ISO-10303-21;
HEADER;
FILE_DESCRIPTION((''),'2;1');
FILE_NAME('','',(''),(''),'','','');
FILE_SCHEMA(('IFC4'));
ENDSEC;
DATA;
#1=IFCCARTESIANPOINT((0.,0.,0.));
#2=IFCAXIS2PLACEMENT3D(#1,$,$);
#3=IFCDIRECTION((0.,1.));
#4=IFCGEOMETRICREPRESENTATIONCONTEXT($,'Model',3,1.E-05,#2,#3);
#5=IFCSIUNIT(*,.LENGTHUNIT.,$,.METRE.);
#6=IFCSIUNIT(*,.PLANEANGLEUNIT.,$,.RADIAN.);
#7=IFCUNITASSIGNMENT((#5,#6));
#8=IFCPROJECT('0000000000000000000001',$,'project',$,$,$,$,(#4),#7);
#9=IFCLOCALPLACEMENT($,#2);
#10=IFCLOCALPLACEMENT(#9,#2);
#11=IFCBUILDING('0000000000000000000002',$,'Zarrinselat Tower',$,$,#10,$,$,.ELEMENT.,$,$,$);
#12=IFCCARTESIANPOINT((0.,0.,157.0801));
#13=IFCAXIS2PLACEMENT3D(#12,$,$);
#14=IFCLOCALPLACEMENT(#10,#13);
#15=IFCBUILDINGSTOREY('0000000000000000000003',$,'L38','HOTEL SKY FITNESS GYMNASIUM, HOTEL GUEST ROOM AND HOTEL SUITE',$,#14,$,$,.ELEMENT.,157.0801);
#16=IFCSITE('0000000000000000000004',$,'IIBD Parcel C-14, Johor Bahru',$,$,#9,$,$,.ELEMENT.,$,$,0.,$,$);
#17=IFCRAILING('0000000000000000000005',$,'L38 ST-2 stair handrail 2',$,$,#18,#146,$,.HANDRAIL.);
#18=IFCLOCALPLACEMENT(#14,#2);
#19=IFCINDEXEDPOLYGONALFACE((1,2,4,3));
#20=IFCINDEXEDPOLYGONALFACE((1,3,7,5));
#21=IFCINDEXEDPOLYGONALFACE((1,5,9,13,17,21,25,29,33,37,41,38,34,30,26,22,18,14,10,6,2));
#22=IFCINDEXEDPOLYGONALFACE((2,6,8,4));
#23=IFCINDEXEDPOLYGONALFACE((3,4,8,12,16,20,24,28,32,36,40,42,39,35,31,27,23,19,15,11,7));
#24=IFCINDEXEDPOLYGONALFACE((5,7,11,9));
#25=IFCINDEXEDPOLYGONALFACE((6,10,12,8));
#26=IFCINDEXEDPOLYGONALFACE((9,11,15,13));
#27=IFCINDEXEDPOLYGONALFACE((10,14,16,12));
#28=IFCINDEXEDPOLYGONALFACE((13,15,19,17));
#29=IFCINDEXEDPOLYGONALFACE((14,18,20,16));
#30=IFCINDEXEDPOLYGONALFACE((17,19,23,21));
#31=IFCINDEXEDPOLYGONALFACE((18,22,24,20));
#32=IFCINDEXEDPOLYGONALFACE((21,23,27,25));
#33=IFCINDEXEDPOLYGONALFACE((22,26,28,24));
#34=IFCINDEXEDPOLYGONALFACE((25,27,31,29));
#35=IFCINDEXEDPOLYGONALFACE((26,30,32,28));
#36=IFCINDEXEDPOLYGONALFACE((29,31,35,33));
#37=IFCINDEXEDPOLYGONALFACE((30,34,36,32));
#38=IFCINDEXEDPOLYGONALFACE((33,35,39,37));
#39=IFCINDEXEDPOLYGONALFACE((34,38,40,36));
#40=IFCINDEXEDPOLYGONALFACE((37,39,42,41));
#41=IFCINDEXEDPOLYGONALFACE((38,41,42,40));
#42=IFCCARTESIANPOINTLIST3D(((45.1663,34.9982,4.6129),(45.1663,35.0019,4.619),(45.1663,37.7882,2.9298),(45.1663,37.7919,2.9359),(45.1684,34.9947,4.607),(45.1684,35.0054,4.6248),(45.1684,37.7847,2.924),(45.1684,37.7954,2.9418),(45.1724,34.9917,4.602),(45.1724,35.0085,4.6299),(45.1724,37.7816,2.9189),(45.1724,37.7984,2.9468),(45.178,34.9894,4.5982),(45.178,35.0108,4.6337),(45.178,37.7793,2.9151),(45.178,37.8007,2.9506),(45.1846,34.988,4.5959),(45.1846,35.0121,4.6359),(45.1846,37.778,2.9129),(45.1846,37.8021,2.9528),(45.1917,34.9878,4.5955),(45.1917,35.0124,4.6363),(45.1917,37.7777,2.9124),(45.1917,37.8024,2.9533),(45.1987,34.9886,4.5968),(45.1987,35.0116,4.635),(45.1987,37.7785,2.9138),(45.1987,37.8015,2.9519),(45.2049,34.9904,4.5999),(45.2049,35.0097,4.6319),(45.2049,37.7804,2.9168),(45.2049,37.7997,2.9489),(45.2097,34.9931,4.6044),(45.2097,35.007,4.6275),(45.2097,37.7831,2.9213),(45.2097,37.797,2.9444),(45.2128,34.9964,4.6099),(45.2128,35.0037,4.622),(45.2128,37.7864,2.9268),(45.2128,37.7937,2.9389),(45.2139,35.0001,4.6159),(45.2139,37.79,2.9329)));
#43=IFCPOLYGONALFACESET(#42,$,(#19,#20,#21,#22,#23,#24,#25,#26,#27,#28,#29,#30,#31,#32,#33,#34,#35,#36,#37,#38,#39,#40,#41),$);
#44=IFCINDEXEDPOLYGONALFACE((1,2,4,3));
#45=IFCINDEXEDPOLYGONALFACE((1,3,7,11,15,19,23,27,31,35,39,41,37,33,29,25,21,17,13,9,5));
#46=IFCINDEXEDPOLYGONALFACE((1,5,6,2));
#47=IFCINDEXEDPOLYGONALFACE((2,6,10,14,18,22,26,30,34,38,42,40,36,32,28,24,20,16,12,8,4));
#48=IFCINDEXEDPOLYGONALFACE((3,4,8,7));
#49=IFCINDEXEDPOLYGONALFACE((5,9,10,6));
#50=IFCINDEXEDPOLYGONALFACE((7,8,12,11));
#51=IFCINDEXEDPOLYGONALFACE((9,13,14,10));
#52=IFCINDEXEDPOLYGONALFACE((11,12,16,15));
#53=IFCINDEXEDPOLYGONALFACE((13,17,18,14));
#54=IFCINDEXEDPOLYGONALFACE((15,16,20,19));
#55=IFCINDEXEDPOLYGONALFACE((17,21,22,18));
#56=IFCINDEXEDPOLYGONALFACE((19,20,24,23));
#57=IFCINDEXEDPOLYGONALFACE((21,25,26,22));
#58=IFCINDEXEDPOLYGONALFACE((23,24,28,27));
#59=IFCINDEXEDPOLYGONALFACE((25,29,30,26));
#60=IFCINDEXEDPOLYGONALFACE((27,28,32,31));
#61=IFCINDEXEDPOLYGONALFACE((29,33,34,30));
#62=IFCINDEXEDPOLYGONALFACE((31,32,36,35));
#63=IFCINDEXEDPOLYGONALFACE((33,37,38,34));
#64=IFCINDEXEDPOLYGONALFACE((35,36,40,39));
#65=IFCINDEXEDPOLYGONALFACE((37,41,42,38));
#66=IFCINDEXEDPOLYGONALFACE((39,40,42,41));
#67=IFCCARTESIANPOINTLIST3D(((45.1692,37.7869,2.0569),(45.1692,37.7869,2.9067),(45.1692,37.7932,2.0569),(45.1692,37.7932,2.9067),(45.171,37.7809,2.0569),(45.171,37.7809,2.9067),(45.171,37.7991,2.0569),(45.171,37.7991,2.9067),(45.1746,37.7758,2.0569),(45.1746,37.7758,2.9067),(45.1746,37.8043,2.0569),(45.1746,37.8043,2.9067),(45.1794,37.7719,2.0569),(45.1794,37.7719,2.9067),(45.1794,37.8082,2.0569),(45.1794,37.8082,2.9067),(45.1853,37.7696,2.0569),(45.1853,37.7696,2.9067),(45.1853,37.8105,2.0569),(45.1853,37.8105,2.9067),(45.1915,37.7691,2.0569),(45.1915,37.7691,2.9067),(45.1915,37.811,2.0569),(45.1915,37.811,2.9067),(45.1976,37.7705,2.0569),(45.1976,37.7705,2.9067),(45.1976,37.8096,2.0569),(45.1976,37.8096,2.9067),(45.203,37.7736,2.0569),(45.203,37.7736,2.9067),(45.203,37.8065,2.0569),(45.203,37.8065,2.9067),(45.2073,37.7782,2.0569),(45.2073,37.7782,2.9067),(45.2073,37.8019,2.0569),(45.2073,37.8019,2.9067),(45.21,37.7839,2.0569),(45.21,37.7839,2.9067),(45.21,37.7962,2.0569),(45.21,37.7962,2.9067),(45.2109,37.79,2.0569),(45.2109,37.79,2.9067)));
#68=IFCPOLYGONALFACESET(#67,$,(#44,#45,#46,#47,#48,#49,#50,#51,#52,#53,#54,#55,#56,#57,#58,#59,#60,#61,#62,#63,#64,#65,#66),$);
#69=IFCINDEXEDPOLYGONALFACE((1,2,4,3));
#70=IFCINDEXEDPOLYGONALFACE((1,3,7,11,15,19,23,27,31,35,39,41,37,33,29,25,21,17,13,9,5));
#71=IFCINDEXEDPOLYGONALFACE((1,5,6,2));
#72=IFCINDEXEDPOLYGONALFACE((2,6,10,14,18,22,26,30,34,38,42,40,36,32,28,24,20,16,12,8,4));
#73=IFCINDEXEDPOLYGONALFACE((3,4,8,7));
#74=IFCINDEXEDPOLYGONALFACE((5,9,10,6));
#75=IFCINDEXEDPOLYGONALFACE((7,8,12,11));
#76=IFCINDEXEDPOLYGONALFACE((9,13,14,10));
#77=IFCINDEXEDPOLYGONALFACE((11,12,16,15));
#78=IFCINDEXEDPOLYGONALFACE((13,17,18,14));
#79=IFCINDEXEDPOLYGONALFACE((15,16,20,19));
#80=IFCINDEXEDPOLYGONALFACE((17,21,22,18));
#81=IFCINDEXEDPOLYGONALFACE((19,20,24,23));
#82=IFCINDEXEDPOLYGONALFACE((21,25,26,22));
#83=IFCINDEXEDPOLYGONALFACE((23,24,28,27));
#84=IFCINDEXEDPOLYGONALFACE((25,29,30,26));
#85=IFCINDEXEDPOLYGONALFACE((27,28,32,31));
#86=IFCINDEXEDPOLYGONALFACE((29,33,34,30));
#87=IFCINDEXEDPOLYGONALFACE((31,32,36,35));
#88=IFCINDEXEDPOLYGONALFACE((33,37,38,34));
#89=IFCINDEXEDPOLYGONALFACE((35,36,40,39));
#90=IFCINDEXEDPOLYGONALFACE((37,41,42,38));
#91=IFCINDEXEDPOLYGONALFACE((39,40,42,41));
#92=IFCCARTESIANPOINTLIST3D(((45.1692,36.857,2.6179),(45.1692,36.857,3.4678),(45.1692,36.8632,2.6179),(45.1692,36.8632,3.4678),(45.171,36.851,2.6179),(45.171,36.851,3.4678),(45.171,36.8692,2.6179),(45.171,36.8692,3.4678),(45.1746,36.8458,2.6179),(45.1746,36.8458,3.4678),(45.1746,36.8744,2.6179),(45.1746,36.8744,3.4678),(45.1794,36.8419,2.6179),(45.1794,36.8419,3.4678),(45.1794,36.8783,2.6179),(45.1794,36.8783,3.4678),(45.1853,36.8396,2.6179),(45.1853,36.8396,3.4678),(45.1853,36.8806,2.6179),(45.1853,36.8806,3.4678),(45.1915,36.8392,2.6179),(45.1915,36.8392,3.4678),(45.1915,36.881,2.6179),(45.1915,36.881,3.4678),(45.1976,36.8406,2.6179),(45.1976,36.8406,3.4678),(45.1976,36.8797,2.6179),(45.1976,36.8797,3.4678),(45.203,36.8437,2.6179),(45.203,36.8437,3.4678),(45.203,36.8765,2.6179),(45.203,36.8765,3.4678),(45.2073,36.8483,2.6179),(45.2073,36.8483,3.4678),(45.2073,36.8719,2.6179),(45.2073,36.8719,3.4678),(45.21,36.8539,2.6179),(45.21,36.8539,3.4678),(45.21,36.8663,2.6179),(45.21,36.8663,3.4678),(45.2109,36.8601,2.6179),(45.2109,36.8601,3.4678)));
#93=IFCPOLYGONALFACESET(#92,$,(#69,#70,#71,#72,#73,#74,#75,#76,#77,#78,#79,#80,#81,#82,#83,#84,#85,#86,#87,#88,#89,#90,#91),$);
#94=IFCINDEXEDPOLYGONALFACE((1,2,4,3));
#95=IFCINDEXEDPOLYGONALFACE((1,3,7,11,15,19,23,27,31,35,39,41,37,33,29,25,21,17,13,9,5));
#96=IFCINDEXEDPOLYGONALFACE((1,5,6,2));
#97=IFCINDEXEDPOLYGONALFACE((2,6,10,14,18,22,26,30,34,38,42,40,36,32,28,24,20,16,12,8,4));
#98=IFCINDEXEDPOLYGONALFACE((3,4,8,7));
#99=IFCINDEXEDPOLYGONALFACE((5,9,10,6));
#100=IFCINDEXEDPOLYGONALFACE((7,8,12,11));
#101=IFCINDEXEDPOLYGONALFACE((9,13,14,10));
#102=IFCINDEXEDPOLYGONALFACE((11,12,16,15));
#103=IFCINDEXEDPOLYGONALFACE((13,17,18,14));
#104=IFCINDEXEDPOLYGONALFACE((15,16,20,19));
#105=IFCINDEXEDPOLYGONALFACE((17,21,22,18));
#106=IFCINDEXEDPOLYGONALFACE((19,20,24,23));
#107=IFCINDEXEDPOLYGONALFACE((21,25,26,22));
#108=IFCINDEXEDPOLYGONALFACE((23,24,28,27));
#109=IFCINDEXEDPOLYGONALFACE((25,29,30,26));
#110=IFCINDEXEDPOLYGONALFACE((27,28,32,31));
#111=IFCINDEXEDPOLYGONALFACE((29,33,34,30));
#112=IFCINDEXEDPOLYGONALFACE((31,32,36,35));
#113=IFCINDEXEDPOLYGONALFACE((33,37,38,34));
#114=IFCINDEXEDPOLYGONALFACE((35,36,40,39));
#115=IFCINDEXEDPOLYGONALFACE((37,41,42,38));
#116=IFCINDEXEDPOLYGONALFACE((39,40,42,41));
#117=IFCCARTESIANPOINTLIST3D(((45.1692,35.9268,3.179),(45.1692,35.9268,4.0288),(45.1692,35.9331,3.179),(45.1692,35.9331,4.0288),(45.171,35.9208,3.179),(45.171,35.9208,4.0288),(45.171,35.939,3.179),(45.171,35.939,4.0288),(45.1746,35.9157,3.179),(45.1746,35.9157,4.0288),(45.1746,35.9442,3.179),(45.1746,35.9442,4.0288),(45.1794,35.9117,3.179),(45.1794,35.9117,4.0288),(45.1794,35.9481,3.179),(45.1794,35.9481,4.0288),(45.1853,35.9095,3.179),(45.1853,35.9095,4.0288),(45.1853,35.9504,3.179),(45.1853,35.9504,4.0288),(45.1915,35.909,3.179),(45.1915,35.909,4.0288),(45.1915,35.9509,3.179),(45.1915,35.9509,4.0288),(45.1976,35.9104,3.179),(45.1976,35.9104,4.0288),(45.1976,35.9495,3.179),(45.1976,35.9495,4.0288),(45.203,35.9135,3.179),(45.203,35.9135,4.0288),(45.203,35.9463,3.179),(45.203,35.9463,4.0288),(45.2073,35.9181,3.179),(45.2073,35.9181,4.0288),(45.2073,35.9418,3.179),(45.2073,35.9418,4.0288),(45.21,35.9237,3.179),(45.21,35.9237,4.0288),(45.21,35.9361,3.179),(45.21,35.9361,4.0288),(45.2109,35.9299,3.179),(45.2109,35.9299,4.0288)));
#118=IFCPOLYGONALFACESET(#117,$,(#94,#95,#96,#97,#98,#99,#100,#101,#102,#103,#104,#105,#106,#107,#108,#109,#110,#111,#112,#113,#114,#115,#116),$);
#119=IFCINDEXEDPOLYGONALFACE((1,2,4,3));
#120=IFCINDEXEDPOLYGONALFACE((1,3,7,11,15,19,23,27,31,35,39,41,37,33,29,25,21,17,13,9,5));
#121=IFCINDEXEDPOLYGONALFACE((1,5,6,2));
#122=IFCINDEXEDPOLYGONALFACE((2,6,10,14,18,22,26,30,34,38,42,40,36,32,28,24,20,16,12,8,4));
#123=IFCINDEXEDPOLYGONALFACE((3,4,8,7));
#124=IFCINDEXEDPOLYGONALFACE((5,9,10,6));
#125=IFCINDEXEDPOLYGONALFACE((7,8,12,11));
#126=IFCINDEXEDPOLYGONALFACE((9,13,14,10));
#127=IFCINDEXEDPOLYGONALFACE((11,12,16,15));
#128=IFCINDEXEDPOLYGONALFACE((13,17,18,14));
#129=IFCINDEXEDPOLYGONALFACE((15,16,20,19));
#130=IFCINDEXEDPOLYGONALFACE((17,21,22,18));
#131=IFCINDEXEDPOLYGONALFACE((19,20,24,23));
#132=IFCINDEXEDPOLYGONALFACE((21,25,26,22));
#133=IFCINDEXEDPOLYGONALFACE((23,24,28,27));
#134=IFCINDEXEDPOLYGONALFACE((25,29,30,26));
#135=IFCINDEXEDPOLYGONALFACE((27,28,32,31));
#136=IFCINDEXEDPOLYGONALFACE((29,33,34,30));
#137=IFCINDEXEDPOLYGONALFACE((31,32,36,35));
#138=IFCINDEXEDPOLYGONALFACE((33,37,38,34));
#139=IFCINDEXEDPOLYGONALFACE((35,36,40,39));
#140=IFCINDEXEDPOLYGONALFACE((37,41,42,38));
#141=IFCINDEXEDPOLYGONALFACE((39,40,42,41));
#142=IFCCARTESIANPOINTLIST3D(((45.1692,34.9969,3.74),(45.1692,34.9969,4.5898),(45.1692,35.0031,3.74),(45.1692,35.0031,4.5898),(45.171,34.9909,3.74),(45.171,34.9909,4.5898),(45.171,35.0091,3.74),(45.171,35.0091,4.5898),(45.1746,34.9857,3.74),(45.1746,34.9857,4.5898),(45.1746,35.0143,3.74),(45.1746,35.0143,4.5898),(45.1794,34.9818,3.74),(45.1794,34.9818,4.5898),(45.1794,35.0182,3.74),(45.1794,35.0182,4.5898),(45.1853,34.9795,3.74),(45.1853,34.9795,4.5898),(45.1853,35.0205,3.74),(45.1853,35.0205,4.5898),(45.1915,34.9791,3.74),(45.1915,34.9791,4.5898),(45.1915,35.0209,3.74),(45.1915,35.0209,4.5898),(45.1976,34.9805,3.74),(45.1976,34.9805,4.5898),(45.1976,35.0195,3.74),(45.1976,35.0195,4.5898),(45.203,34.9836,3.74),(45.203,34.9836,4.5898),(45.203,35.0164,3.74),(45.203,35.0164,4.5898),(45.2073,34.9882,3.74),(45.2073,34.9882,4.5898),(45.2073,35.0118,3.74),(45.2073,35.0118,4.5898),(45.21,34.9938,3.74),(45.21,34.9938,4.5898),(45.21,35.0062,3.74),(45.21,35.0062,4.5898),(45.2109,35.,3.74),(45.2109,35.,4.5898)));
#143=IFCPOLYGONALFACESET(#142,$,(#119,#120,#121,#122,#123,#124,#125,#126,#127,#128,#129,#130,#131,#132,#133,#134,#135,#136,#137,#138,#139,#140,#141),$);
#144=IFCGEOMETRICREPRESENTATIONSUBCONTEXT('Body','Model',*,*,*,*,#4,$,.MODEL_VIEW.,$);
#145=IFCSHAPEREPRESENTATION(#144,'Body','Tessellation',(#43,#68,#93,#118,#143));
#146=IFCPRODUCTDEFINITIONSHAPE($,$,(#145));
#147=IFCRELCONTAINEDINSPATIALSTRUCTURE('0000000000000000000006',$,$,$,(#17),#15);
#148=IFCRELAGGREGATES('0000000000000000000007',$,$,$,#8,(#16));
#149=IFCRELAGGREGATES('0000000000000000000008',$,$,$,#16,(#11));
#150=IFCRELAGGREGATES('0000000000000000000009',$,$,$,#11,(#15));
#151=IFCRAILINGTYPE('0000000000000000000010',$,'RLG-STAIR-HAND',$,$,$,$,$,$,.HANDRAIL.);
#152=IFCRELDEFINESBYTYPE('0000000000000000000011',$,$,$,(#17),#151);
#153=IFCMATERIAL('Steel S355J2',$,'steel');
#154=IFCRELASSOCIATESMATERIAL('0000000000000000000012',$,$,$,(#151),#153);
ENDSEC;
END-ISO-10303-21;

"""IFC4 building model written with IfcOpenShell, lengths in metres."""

from ifc_helpers import new_model, si_unit, direction, frame, origin, origin_2d, place, context, subcontext, project, spatial, circle, extrude, material, type_object, element, save


model = new_model("IFC4")

# Units and contexts
model_context = context("Model", 3, precision=1e-05, world=origin(), true_north=direction((0.0, 1.0)))
body_context = subcontext(model_context, "Body", "Model", "MODEL_VIEW")
ifc_project = project(units=[si_unit("LENGTHUNIT", "METRE"), si_unit("PLANEANGLEUNIT", "RADIAN")], contexts=[model_context])

# Site, building, storey
site_placement = place(None, origin())
site = spatial("IfcSite", under=ifc_project, at=site_placement, Name="IIBD Parcel C-14, Johor Bahru", CompositionType="ELEMENT", RefElevation=0.0)
building_placement = place(site_placement, origin())
building = spatial("IfcBuilding", under=site, at=building_placement, Name="Zarrinselat Tower", CompositionType="ELEMENT")
storey_placement = place(building_placement, frame((0.0, 0.0, 157.0801)))
storey = spatial("IfcBuildingStorey", under=building, at=storey_placement, Name="L38", Description="HOTEL SKY FITNESS GYMNASIUM, HOTEL GUEST ROOM AND HOTEL SUITE", CompositionType="ELEMENT", Elevation=157.0801)

# Railing
ifc_material_1 = material(Name="Steel S355J2", Category="steel")
railing_type_1 = type_object("IfcRailingType", Name="RLG-STAIR-HAND", PredefinedType="HANDRAIL", material=ifc_material_1)
railing_1_placement = place(storey_placement, frame((45.1899, 37.79, 2.0569)))
element("IfcRailing", 1, at=railing_1_placement, inside=storey, type_object=railing_type_1, Name="L38 ST-2 stair handrail 2", PredefinedType="HANDRAIL", context=body_context, shape_type="SweptSolid", body=[
    extrude(circle(Radius=0.0239, at=origin_2d()), frame((0.0, 0.0, 0.876), z_axis=(0.0, -0.856261, 0.516544), x_axis=(1.0, 0.0, 0.0)), (0.0, 0.0, 1.0), 3.2583),
    extrude(circle(Radius=0.021, at=origin_2d()), origin(), (0.0, 0.0, 1.0), 0.8499),
    extrude(circle(Radius=0.021, at=origin_2d()), frame((0.0, -0.9299, 0.561)), (0.0, 0.0, 1.0), 0.8499),
    extrude(circle(Radius=0.021, at=origin_2d()), frame((0.0, -1.8601, 1.1221)), (0.0, 0.0, 1.0), 0.8499),
    extrude(circle(Radius=0.021, at=origin_2d()), frame((0.0, -2.79, 1.6831)), (0.0, 0.0, 1.0), 0.8499),
])

save(model, "model.ifc")
